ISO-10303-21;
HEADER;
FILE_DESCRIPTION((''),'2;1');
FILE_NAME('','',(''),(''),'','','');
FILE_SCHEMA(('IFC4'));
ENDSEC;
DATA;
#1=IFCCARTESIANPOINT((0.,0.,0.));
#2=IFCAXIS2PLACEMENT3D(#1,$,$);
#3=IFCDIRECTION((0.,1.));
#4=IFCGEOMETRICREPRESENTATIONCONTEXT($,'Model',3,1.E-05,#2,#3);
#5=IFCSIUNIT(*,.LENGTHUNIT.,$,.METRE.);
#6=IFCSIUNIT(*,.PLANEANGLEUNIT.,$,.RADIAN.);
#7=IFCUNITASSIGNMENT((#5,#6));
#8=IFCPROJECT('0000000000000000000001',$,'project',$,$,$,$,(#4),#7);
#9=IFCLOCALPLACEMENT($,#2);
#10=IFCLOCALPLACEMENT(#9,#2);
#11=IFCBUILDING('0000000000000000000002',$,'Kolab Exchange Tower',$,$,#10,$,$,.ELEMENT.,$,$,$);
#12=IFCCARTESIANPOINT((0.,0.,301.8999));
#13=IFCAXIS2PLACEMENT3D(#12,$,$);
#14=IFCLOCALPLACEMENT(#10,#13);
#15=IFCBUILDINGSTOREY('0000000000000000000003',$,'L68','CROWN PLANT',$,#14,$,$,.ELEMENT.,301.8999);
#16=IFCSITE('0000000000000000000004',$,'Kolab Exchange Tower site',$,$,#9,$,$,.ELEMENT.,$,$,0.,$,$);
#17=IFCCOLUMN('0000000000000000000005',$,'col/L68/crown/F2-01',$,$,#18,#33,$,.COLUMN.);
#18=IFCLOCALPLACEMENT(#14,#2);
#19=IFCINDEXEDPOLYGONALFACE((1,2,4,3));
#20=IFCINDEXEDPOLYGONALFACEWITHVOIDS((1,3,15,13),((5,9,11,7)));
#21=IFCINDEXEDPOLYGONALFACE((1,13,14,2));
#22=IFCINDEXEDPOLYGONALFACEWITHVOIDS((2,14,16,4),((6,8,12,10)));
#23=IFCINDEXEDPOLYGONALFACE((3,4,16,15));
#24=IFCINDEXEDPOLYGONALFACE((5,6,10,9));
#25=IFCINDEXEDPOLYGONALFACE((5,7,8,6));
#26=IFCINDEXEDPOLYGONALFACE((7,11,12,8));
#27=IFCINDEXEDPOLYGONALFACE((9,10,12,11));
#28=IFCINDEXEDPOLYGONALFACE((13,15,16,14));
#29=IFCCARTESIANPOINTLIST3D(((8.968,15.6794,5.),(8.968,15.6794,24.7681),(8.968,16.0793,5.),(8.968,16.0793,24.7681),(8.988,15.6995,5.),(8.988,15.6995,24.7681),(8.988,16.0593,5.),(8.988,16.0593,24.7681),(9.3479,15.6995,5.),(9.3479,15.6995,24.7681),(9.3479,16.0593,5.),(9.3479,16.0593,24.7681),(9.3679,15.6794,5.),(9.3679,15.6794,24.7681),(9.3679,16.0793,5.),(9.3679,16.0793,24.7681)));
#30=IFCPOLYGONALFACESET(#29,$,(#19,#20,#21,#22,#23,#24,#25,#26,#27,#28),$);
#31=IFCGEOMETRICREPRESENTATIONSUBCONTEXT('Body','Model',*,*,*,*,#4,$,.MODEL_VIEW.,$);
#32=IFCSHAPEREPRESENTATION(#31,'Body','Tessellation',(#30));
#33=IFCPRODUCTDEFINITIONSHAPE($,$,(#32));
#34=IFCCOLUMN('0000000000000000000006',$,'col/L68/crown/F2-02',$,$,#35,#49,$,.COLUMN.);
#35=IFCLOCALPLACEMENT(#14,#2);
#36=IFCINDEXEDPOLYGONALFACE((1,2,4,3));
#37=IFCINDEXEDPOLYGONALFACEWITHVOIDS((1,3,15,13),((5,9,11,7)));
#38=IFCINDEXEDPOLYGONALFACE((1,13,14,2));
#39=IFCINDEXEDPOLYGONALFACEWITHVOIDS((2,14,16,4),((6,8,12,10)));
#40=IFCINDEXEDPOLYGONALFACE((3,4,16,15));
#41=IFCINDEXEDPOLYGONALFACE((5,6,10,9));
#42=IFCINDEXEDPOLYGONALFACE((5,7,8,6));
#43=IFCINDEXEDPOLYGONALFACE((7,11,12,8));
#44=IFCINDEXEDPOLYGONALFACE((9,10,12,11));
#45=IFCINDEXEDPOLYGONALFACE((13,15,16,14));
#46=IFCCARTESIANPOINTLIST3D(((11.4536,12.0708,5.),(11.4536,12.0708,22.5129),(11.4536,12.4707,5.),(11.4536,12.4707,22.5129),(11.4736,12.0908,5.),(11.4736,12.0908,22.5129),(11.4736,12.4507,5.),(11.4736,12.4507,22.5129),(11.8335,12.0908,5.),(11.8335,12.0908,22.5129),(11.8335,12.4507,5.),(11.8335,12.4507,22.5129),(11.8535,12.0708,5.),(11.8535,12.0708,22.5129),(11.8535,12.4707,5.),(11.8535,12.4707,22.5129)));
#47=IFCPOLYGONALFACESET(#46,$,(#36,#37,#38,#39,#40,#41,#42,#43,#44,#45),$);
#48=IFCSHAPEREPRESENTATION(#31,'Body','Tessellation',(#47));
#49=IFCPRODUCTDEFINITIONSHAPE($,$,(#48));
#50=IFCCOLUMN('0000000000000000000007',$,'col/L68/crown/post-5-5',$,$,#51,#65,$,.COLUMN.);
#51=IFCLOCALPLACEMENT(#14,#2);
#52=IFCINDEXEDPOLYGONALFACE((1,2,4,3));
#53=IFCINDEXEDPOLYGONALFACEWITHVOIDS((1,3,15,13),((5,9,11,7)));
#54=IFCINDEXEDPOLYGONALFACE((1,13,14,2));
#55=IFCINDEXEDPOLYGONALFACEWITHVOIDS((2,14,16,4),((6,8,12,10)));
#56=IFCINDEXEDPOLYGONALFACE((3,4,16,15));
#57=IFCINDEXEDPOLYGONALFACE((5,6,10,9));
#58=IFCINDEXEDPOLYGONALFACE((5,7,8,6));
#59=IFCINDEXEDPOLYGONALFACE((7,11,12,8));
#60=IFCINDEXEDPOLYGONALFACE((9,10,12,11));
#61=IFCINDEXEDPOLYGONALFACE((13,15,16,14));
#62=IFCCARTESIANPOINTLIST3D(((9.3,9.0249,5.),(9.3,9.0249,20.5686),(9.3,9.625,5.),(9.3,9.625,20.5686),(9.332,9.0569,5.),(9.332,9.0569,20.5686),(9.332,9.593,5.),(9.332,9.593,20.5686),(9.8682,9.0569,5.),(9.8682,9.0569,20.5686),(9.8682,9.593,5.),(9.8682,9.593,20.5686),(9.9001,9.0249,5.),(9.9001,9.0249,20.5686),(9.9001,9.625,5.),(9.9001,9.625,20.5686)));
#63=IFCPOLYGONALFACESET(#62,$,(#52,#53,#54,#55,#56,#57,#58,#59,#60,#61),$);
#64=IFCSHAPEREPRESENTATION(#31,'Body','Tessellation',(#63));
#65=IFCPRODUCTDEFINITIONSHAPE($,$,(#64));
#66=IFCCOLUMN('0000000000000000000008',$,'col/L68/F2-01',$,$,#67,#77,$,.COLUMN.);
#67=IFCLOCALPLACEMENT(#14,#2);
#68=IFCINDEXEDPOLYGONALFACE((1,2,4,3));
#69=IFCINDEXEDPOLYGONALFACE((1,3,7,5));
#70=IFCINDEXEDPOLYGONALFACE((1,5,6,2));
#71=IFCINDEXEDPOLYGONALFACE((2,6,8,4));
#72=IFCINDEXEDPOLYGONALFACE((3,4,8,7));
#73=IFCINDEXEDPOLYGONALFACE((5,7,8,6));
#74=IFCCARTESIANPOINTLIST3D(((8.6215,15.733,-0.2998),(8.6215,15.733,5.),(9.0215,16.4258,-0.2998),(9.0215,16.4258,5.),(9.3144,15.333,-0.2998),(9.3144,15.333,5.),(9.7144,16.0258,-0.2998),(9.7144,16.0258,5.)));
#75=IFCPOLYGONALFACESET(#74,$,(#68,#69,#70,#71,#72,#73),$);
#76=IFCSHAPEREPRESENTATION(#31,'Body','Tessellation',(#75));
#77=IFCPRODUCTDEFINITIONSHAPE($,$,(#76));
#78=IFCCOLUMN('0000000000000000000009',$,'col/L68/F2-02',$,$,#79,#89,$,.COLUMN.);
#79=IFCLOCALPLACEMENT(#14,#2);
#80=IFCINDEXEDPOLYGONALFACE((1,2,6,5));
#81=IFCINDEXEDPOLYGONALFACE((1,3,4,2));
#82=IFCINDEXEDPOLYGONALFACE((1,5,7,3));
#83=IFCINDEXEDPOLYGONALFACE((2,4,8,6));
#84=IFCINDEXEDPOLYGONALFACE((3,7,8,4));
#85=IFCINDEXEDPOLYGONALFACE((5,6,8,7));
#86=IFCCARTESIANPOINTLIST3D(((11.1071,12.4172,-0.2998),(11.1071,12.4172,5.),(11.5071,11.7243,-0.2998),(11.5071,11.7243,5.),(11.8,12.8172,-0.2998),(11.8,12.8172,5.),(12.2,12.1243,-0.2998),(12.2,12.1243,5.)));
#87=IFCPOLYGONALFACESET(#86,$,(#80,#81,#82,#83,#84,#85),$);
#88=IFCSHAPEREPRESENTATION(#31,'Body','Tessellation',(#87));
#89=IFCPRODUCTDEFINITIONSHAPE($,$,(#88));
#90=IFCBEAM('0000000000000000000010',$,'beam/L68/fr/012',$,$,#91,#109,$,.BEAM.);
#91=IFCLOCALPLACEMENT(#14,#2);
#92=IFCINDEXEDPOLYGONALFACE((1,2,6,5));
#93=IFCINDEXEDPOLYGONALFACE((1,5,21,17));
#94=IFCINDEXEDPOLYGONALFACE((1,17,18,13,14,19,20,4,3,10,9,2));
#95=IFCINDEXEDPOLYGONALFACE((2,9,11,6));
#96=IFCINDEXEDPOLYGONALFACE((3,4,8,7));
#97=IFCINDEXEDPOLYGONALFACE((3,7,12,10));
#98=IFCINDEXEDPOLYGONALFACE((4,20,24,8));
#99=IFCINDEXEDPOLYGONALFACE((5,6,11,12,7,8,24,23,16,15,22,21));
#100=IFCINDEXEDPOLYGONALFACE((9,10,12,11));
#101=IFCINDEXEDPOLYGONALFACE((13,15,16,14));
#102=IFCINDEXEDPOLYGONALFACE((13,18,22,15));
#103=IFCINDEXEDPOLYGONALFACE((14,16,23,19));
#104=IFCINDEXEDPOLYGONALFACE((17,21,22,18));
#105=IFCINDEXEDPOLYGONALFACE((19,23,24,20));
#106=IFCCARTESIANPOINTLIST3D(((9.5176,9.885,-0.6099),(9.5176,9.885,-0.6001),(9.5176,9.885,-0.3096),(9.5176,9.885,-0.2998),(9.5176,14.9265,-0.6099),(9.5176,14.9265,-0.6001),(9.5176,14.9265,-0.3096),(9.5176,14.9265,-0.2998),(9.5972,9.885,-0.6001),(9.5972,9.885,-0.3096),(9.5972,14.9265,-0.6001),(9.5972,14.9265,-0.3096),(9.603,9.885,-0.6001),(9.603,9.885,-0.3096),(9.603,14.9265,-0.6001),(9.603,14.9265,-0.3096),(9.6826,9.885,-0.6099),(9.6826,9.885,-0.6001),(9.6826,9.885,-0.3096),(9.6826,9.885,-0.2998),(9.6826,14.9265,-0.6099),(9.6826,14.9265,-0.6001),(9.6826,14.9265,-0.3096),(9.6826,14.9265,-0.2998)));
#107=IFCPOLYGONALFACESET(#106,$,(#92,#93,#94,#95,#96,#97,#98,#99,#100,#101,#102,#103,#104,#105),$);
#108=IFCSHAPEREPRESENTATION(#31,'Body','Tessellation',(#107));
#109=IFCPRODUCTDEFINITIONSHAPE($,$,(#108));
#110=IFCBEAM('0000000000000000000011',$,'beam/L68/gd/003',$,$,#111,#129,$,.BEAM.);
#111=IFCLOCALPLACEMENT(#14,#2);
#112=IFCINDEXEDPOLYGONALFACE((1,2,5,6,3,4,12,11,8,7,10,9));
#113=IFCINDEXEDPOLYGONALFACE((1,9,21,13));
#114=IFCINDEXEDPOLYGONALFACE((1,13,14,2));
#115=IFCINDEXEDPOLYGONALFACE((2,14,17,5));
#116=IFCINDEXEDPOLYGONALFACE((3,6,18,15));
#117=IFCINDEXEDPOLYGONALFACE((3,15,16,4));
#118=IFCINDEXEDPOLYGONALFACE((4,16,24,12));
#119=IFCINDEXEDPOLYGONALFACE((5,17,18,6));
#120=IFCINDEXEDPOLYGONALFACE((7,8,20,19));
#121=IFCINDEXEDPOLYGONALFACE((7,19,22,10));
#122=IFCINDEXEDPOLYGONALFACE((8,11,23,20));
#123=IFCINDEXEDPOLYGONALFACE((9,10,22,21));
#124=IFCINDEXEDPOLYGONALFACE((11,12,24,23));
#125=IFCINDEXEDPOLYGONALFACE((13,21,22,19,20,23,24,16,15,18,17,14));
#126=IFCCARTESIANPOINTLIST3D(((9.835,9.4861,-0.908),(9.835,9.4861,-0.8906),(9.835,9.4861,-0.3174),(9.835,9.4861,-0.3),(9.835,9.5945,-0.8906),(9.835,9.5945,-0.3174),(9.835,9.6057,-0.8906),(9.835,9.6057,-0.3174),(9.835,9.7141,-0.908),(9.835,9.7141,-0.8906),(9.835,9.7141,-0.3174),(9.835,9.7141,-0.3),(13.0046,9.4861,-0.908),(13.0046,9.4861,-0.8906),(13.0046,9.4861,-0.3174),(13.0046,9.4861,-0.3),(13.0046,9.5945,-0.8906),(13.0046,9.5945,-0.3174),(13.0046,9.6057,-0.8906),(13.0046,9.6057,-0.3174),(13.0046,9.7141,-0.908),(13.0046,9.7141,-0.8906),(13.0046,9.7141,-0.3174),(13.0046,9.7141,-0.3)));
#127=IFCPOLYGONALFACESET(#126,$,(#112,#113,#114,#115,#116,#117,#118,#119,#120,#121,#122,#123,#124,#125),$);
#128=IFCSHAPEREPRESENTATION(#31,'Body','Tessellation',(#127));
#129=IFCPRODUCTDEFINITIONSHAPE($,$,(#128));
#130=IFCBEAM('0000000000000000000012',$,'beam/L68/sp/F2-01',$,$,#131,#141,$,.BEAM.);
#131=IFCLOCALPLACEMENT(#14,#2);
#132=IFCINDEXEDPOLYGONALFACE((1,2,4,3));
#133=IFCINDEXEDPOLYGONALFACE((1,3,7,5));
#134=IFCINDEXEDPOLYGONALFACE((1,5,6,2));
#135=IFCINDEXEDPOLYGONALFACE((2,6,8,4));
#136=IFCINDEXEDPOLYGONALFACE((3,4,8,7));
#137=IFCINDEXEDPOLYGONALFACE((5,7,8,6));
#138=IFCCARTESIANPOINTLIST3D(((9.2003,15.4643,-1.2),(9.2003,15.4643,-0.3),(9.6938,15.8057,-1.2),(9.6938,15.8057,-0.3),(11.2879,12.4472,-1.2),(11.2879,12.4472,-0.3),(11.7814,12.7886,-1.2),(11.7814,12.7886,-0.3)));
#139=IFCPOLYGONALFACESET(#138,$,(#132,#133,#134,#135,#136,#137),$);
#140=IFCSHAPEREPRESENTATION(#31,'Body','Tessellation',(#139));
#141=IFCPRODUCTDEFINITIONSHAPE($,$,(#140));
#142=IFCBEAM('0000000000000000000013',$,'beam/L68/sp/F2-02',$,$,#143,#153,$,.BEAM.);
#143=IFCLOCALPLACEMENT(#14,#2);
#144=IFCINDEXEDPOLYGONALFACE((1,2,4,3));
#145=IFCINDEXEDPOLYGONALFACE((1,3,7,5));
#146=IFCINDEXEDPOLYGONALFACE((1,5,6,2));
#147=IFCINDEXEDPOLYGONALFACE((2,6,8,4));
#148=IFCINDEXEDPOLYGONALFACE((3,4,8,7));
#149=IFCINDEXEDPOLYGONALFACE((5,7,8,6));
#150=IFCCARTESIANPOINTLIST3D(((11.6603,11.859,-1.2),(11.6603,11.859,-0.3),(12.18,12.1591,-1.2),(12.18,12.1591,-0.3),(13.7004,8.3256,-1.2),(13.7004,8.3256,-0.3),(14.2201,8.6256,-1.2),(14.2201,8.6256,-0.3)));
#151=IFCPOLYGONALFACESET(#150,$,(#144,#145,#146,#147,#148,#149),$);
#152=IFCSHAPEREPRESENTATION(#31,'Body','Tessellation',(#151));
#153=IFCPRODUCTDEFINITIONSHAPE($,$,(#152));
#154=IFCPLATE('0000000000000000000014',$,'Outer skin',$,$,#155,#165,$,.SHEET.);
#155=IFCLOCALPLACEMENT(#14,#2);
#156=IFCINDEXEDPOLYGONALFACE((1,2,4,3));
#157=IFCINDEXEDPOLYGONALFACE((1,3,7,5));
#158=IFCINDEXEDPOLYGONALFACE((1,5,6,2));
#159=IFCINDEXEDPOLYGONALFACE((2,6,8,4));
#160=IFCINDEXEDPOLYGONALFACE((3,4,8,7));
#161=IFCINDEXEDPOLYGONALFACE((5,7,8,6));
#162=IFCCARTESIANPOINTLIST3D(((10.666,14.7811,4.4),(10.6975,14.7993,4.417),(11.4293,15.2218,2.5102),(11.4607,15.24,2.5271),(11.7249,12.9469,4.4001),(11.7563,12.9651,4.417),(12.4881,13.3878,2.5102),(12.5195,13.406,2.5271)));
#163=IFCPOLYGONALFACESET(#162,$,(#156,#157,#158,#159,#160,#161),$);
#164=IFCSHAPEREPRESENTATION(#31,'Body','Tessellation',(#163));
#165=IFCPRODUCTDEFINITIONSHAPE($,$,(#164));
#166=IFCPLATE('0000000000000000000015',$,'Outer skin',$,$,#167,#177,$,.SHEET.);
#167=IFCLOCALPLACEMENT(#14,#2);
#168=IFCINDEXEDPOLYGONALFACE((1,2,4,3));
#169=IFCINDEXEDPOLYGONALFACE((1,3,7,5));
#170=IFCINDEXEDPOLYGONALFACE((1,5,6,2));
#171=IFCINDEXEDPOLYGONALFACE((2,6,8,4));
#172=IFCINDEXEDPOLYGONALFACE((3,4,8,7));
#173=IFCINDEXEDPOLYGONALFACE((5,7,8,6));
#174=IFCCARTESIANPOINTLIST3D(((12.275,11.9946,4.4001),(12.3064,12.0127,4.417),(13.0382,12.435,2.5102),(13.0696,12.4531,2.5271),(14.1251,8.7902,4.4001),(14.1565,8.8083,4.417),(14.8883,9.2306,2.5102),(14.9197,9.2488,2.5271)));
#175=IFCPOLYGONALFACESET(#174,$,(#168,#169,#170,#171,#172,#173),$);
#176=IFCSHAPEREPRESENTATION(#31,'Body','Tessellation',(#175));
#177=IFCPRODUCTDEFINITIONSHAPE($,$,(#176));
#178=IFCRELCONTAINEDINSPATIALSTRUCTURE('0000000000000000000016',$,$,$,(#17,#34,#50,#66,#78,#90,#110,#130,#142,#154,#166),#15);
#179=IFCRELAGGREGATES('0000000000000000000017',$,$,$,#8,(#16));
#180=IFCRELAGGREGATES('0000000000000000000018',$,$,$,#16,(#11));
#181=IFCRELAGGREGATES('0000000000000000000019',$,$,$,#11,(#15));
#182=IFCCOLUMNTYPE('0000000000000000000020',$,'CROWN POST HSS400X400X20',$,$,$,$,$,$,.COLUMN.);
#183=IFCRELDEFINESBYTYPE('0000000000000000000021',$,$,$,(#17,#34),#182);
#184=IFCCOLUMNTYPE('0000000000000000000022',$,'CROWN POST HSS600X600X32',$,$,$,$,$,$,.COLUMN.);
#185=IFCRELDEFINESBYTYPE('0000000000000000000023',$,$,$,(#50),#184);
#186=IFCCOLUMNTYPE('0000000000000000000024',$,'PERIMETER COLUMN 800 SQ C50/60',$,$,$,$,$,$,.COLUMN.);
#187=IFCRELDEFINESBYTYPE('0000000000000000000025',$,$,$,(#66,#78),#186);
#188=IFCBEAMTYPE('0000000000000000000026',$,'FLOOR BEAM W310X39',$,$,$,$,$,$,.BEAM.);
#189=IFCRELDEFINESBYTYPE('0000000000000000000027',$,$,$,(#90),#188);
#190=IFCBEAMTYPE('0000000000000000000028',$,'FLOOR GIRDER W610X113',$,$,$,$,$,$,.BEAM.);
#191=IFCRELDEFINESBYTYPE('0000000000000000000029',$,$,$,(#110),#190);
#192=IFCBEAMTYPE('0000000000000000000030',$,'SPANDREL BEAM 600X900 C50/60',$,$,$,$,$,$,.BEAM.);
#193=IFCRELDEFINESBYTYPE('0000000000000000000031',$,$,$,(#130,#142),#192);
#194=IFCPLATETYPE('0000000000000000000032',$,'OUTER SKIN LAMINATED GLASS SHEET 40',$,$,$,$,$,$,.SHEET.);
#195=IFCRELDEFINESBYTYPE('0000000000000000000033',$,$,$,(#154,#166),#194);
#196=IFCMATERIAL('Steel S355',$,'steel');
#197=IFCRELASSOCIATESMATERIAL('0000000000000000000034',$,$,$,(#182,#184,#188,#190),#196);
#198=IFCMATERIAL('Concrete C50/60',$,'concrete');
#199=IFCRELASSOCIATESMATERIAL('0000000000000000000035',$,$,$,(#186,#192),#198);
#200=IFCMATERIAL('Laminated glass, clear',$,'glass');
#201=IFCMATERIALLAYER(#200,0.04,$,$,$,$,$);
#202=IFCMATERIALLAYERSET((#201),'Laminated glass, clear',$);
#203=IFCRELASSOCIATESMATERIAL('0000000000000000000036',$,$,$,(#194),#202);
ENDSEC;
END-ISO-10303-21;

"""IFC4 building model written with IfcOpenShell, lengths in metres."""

from ifc_helpers import new_model, si_unit, direction, frame, origin, origin_2d, place, context, subcontext, project, spatial, polyline, rectangle, hollow_rectangle, i_section, outline, extrude, material, layer, layer_set, material_profile, profile_set, type_object, element, save


model = new_model("IFC4")

# Units and contexts
model_context = context("Model", 3, precision=1e-05, world=origin(), true_north=direction((0.0, 1.0)))
body_context = subcontext(model_context, "Body", "Model", "MODEL_VIEW")
ifc_project = project(units=[si_unit("LENGTHUNIT", "METRE"), si_unit("PLANEANGLEUNIT", "RADIAN")], contexts=[model_context])

# Site, building, storey
site_placement = place(None, origin())
site = spatial("IfcSite", under=ifc_project, at=site_placement, Name="Kolab Exchange Tower site", CompositionType="ELEMENT", RefElevation=0.0)
building_placement = place(site_placement, origin())
building = spatial("IfcBuilding", under=site, at=building_placement, Name="Kolab Exchange Tower", CompositionType="ELEMENT")
storey_placement = place(building_placement, frame((0.0, 0.0, 301.8999)))
storey = spatial("IfcBuildingStorey", under=building, at=storey_placement, Name="L68", Description="CROWN PLANT", CompositionType="ELEMENT", Elevation=301.8999)

# Columns
ifc_material_1 = material(Name="Steel S355", Category="steel")
ifc_material_profile_1 = material_profile(ifc_material_1, hollow_rectangle(XDim=0.3999, YDim=0.3999, WallThickness=0.02, at=origin_2d()), Name="HSS400X400X20")
ifc_profile_set_1 = profile_set([ifc_material_profile_1], Name="Steel S355")
column_type_1 = type_object("IfcColumnType", Name="CROWN POST HSS400X400X20", PredefinedType="COLUMN", material=ifc_profile_set_1)
column_1_placement = place(storey_placement, frame((9.168, 15.8794, 5.0), z_axis=(0.0, 0.0, 1.0), x_axis=(1.0, 0.0, 0.0)))
element("IfcColumn", 1, at=column_1_placement, inside=storey, type_object=column_type_1, Name="col/L68/crown/F2-01", PredefinedType="COLUMN", context=body_context, shape_type="SweptSolid", body=[
    extrude(hollow_rectangle(XDim=0.3999, YDim=0.3999, WallThickness=0.02, at=origin_2d()), origin(), (0.0, 0.0, 1.0), 19.7681),
])
column_2_placement = place(storey_placement, frame((11.6536, 12.2708, 5.0), z_axis=(0.0, 0.0, 1.0), x_axis=(1.0, 0.0, 0.0)))
element("IfcColumn", 2, at=column_2_placement, inside=storey, type_object=column_type_1, Name="col/L68/crown/F2-02", PredefinedType="COLUMN", context=body_context, shape_type="SweptSolid", body=[
    extrude(hollow_rectangle(XDim=0.3999, YDim=0.3999, WallThickness=0.02, at=origin_2d()), origin(), (0.0, 0.0, 1.0), 17.5129),
])
ifc_material_profile_2 = material_profile(ifc_material_1, hollow_rectangle(XDim=0.6001, YDim=0.6001, WallThickness=0.032, at=origin_2d()), Name="HSS600X600X32")
ifc_profile_set_2 = profile_set([ifc_material_profile_2], Name="Steel S355")
column_type_2 = type_object("IfcColumnType", Name="CROWN POST HSS600X600X32", PredefinedType="COLUMN", material=ifc_profile_set_2)
column_3_placement = place(storey_placement, frame((9.6001, 9.325, 5.0), z_axis=(0.0, 0.0, 1.0), x_axis=(1.0, 0.0, 0.0)))
element("IfcColumn", 3, at=column_3_placement, inside=storey, type_object=column_type_2, Name="col/L68/crown/post-5-5", PredefinedType="COLUMN", context=body_context, shape_type="SweptSolid", body=[
    extrude(hollow_rectangle(XDim=0.6001, YDim=0.6001, WallThickness=0.032, at=origin_2d()), origin(), (0.0, 0.0, 1.0), 15.5686),
])
ifc_material_2 = material(Name="Concrete C50/60", Category="concrete")
ifc_material_profile_3 = material_profile(ifc_material_2, rectangle(XDim=0.8, YDim=0.8, at=origin_2d()), Name="RC800")
ifc_profile_set_3 = profile_set([ifc_material_profile_3], Name="Concrete C50/60")
column_type_3 = type_object("IfcColumnType", Name="PERIMETER COLUMN 800 SQ C50/60", PredefinedType="COLUMN", material=ifc_profile_set_3)
for number, where, z_axis, x_axis, name in (
    (4, (9.168, 15.8794, -0.2998), (0.0, 0.0, 1.0), (0.5, 0.866025, 0.0), "col/L68/F2-01"),
    (5, (11.6536, 12.2708, -0.2998), (0.0, 0.0, 1.0), (0.866025, 0.5, 0.0), "col/L68/F2-02"),
):
    element("IfcColumn", number, at=place(storey_placement, frame(where, z_axis=z_axis, x_axis=x_axis)), inside=storey, type_object=column_type_3, Name=name, PredefinedType="COLUMN", context=body_context, shape_type="SweptSolid", body=[
        extrude(rectangle(XDim=0.8, YDim=0.8, at=origin_2d()), origin(), (0.0, 0.0, 1.0), 5.2998),
    ])

# Beams
ifc_material_profile_4 = material_profile(ifc_material_1, i_section(OverallWidth=0.165, OverallDepth=0.3101, WebThickness=0.0059, FlangeThickness=0.0098, at=origin_2d()), Name="W310X39")
ifc_profile_set_4 = profile_set([ifc_material_profile_4], Name="Steel S355")
beam_type_1 = type_object("IfcBeamType", Name="FLOOR BEAM W310X39", PredefinedType="BEAM", material=ifc_profile_set_4)
beam_1_placement = place(storey_placement, frame((9.6001, 9.885, -0.4548), z_axis=(0.0, 1.0, 0.0), x_axis=(-1.0, 0.0, 0.0)))
element("IfcBeam", 6, at=beam_1_placement, inside=storey, type_object=beam_type_1, Name="beam/L68/fr/012", PredefinedType="BEAM", context=body_context, shape_type="SweptSolid", body=[
    extrude(i_section(OverallWidth=0.165, OverallDepth=0.3101, WebThickness=0.0059, FlangeThickness=0.0098, at=origin_2d()), origin(), (0.0, 0.0, 1.0), 5.0415),
])
ifc_material_profile_5 = material_profile(ifc_material_1, i_section(OverallWidth=0.228, OverallDepth=0.6079, WebThickness=0.0112, FlangeThickness=0.0173, at=origin_2d()), Name="W610X113")
ifc_profile_set_5 = profile_set([ifc_material_profile_5], Name="Steel S355")
beam_type_2 = type_object("IfcBeamType", Name="FLOOR GIRDER W610X113", PredefinedType="BEAM", material=ifc_profile_set_5)
beam_2_placement = place(storey_placement, frame((9.835, 9.6001, -0.604), z_axis=(1.0, 0.0, 0.0), x_axis=(0.0, 1.0, 0.0)))
element("IfcBeam", 7, at=beam_2_placement, inside=storey, type_object=beam_type_2, Name="beam/L68/gd/003", PredefinedType="BEAM", context=body_context, shape_type="SweptSolid", body=[
    extrude(i_section(OverallWidth=0.228, OverallDepth=0.6079, WebThickness=0.0112, FlangeThickness=0.0173, at=origin_2d()), origin(), (0.0, 0.0, 1.0), 3.1697),
])
ifc_material_profile_6 = material_profile(ifc_material_2, rectangle(XDim=0.6001, YDim=0.8999, at=origin_2d()), Name="RC600X900")
ifc_profile_set_6 = profile_set([ifc_material_profile_6], Name="Concrete C50/60")
beam_type_3 = type_object("IfcBeamType", Name="SPANDREL BEAM 600X900 C50/60", PredefinedType="BEAM", material=ifc_profile_set_6)
beam_3_placement = place(storey_placement, frame((9.447, 15.635, -0.75), z_axis=(0.569006, -0.822334, 0.0), x_axis=(0.822334, 0.569006, 0.0)))
element("IfcBeam", 8, at=beam_3_placement, inside=storey, type_object=beam_type_3, Name="beam/L68/sp/F2-01", PredefinedType="BEAM", context=body_context, shape_type="SweptSolid", body=[
    extrude(rectangle(XDim=0.6001, YDim=0.8999, at=origin_2d()), origin(), (0.0, 0.0, 1.0), 3.6689),
])
beam_4_placement = place(storey_placement, frame((11.9202, 12.009, -0.75), z_axis=(0.5, -0.866025, 0.0), x_axis=(0.866025, 0.5, 0.0)))
element("IfcBeam", 9, at=beam_4_placement, inside=storey, type_object=beam_type_3, Name="beam/L68/sp/F2-02", PredefinedType="BEAM", context=body_context, shape_type="SweptSolid", body=[
    extrude(rectangle(XDim=0.6001, YDim=0.8999, at=origin_2d()), origin(), (0.0, 0.0, 1.0), 4.0801),
])

# Plates
ifc_material_3 = material(Name="Laminated glass, clear", Category="glass")
ifc_layer_1 = layer(ifc_material_3, 0.04)
ifc_layer_set_1 = layer_set([ifc_layer_1], Name="Laminated glass, clear")
plate_type = type_object("IfcPlateType", Name="OUTER SKIN LAMINATED GLASS SHEET 40", PredefinedType="SHEET", material=ifc_layer_set_1)
plate_1_placement = place(storey_placement, frame((11.4607, 15.24, 2.5271), z_axis=(0.784891, 0.453121, 0.422643), x_axis=(0.499975, -0.86604, -0.000011)))
element("IfcPlate", 10, at=plate_1_placement, inside=storey, type_object=plate_type, Name="Outer skin", PredefinedType="SHEET", context=body_context, shape_type="SweptSolid", body=[
    extrude(outline(polyline([(0.0, 0.0), (2.1177, 0.0), (2.118, -2.0853), (0.0, -2.0853), (0.0, 0.0)])), origin(), (0.0, 0.0, -1.0), 0.04),
])
plate_2_placement = place(storey_placement, frame((13.0696, 12.4531, 2.5271), z_axis=(0.784897, 0.453177, 0.422571), x_axis=(0.500014, -0.866017, 0.0)))
element("IfcPlate", 11, at=plate_2_placement, inside=storey, type_object=plate_type, Name="Outer skin", PredefinedType="SHEET", context=body_context, shape_type="SweptSolid", body=[
    extrude(outline(polyline([(0.0, 0.0), (3.7001, 0.0), (3.6999, -2.0852), (-0.0002, -2.0852), (0.0, 0.0)])), origin(), (0.0, 0.0, -1.0), 0.04),
])

save(model, "model.ifc")
